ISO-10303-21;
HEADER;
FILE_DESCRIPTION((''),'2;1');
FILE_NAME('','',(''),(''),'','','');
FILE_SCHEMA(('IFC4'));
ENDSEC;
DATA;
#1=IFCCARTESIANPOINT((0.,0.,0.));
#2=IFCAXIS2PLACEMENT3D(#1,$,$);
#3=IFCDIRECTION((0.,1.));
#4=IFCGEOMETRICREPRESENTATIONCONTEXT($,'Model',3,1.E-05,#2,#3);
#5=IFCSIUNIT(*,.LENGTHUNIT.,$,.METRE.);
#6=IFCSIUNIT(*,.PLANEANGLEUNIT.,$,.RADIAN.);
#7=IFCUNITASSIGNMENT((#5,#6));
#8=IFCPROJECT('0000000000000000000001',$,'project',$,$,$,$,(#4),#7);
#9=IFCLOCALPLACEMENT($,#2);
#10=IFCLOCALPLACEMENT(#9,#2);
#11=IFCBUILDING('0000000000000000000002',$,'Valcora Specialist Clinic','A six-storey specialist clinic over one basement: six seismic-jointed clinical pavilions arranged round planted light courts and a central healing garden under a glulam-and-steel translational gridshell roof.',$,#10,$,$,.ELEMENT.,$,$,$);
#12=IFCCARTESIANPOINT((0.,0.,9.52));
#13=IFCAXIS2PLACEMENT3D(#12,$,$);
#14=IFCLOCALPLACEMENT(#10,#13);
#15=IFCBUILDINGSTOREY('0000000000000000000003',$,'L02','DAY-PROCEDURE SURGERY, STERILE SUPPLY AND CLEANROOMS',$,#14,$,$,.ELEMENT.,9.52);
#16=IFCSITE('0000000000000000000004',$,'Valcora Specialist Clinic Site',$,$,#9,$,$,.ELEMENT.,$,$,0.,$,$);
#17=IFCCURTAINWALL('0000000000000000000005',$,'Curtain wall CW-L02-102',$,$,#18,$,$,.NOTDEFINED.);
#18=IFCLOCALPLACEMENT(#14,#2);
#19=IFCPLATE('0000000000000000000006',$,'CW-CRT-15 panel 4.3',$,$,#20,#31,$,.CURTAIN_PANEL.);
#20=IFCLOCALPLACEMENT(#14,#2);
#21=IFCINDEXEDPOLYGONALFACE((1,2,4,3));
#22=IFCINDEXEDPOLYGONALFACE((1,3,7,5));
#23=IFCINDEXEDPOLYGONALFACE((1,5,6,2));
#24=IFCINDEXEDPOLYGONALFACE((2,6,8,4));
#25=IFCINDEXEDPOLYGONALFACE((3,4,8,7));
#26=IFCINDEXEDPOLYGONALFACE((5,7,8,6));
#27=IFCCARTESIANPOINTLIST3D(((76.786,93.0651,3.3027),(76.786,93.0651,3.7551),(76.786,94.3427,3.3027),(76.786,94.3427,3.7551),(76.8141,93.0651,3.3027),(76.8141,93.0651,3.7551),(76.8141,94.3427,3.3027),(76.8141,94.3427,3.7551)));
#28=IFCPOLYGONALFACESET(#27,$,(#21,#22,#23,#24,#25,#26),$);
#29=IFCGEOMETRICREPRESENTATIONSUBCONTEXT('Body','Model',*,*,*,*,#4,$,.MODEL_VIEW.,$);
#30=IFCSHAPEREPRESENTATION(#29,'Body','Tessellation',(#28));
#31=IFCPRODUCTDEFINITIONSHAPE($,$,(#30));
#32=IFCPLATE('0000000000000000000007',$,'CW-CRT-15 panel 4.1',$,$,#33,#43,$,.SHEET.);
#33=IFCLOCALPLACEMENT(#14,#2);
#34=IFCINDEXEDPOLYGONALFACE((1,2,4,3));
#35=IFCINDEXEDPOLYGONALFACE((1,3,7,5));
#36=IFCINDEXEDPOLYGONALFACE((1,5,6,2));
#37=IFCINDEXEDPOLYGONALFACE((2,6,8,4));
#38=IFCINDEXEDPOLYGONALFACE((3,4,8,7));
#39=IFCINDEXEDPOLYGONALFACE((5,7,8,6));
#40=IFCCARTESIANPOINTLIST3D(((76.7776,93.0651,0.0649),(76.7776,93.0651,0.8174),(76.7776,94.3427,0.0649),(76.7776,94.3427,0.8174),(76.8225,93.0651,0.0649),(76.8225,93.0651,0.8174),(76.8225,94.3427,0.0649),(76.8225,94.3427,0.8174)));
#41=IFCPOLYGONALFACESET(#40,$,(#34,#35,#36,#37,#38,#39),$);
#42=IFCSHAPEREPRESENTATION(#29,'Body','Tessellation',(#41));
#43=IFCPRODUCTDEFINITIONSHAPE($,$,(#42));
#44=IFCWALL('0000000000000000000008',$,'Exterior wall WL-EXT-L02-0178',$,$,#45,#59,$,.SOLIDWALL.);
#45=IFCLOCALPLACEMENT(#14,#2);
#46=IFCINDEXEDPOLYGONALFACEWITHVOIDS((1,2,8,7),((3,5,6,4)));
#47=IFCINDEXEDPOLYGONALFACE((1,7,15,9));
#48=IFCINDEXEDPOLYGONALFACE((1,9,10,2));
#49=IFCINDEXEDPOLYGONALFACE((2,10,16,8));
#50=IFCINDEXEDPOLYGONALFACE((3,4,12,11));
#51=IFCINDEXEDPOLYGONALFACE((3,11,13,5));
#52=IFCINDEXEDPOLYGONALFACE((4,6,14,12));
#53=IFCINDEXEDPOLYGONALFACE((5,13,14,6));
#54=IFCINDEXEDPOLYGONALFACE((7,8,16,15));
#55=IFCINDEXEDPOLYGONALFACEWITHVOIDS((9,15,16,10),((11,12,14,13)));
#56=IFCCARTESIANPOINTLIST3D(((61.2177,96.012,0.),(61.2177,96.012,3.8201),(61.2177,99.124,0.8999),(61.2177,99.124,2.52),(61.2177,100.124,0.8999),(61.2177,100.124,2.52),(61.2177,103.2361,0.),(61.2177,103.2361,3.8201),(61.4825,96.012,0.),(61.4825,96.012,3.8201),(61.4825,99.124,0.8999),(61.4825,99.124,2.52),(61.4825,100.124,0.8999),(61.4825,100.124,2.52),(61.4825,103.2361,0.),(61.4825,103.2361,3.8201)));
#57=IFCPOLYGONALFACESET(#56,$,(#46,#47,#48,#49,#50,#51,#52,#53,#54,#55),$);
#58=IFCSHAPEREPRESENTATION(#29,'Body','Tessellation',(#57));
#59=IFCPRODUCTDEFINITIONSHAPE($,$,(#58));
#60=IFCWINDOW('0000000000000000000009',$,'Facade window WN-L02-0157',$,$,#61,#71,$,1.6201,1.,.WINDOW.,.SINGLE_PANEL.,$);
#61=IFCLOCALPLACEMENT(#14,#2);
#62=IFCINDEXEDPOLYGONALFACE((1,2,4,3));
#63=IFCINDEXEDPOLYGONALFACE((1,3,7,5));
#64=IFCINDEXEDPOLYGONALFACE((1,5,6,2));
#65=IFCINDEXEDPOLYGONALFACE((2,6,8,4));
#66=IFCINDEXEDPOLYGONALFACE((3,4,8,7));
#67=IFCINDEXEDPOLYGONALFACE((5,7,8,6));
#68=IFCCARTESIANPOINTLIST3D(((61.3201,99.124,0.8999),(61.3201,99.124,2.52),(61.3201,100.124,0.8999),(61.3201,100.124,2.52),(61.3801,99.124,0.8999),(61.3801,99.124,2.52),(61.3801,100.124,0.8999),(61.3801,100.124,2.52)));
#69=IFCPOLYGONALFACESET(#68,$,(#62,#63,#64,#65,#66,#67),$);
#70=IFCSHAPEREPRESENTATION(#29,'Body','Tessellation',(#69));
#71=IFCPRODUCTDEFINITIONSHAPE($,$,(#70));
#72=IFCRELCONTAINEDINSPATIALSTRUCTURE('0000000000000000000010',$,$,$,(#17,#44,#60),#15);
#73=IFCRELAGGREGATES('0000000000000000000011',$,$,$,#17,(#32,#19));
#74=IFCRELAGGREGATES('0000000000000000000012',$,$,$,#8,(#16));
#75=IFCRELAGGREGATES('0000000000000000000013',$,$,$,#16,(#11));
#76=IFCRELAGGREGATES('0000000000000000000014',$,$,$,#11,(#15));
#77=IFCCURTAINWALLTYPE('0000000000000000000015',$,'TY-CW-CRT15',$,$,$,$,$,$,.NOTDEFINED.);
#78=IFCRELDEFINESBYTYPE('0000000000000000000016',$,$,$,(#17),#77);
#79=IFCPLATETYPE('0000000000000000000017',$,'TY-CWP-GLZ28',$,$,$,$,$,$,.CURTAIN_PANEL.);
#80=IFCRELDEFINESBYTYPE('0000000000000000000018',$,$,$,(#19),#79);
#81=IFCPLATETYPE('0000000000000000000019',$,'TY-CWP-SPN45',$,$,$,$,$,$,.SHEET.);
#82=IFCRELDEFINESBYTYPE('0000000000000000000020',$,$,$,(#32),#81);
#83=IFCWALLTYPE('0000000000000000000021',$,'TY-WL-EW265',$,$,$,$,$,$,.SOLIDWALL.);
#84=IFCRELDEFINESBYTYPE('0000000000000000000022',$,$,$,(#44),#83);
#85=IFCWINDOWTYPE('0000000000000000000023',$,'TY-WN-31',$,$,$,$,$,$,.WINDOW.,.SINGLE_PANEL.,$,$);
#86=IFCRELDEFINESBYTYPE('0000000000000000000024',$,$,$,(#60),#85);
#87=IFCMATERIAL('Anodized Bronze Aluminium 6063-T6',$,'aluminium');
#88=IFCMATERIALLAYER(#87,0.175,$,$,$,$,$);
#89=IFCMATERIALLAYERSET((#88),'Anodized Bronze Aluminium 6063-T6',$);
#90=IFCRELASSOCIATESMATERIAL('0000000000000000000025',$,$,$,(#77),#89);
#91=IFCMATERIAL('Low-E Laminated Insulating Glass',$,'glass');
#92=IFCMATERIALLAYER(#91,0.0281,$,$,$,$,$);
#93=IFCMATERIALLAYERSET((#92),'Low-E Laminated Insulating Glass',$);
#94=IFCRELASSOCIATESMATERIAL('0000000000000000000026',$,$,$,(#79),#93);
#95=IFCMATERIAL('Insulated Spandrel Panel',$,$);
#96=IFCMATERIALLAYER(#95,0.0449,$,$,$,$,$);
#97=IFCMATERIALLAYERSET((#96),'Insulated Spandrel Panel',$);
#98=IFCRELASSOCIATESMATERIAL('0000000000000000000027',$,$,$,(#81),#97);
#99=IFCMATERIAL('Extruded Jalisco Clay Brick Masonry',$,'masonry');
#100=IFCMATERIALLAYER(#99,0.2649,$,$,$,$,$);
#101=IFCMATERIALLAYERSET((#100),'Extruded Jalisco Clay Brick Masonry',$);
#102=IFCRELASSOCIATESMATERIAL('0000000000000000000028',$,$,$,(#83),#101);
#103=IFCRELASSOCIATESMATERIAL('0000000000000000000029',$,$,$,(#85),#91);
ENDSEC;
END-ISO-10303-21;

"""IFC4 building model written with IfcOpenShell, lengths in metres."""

from ifc_helpers import new_model, si_unit, direction, frame, frame_2d, origin, origin_2d, place, context, subcontext, project, spatial, rectangle, extrude, material, layer, layer_set, type_object, element, fill, aggregate, save


model = new_model("IFC4")

# Units and contexts
model_context = context("Model", 3, precision=1e-05, world=origin(), true_north=direction((0.0, 1.0)))
body_context = subcontext(model_context, "Body", "Model", "MODEL_VIEW")
ifc_project = project(units=[si_unit("LENGTHUNIT", "METRE"), si_unit("PLANEANGLEUNIT", "RADIAN")], contexts=[model_context])

# Site, building, storey
site_placement = place(None, origin())
site = spatial("IfcSite", under=ifc_project, at=site_placement, Name="Valcora Specialist Clinic Site", CompositionType="ELEMENT", RefElevation=0.0)
building_placement = place(site_placement, origin())
building = spatial("IfcBuilding", under=site, at=building_placement, Name="Valcora Specialist Clinic", Description="A six-storey specialist clinic over one basement: six seismic-jointed clinical pavilions arranged round planted light courts and a central healing garden under a glulam-and-steel translational gridshell roof.", CompositionType="ELEMENT")
storey_placement = place(building_placement, frame((0.0, 0.0, 9.52)))
storey = spatial("IfcBuildingStorey", under=building, at=storey_placement, Name="L02", Description="DAY-PROCEDURE SURGERY, STERILE SUPPLY AND CLEANROOMS", CompositionType="ELEMENT", Elevation=9.52)

# Curtain wall
ifc_material_1 = material(Name="Anodized Bronze Aluminium 6063-T6", Category="aluminium")
ifc_layer_1 = layer(ifc_material_1, 0.175)
ifc_layer_set_1 = layer_set([ifc_layer_1], Name="Anodized Bronze Aluminium 6063-T6")
curtain_wall_type = type_object("IfcCurtainWallType", Name="TY-CW-CRT15", PredefinedType="NOTDEFINED", material=ifc_layer_set_1)
curtain_wall_1_placement = place(storey_placement, origin())
curtain_wall_1 = element("IfcCurtainWall", 1, at=curtain_wall_1_placement, inside=storey, type_object=curtain_wall_type, Name="Curtain wall CW-L02-102", PredefinedType="NOTDEFINED")

# Plates
ifc_material_2 = material(Name="Low-E Laminated Insulating Glass", Category="glass")
ifc_layer_2 = layer(ifc_material_2, 0.0281)
ifc_layer_set_2 = layer_set([ifc_layer_2], Name="Low-E Laminated Insulating Glass")
plate_type_1 = type_object("IfcPlateType", Name="TY-CWP-GLZ28", PredefinedType="CURTAIN_PANEL", material=ifc_layer_set_2)
plate_1_placement = place(storey_placement, frame((76.8, 93.7039, 3.3027), z_axis=(0.0, 0.0, 1.0), x_axis=(0.0, -1.0, 0.0)))
plate_1 = element("IfcPlate", 2, at=plate_1_placement, type_object=plate_type_1, Name="CW-CRT-15 panel 4.3", PredefinedType="CURTAIN_PANEL", context=body_context, shape_type="SweptSolid", body=[
    extrude(rectangle(XDim=1.2776, YDim=0.0281, at=origin_2d()), origin(), (0.0, 0.0, 1.0), 0.4524),
])
ifc_material_3 = material(Name="Insulated Spandrel Panel")
ifc_layer_3 = layer(ifc_material_3, 0.0449)
ifc_layer_set_3 = layer_set([ifc_layer_3], Name="Insulated Spandrel Panel")
plate_type_2 = type_object("IfcPlateType", Name="TY-CWP-SPN45", PredefinedType="SHEET", material=ifc_layer_set_3)
plate_2_placement = place(storey_placement, frame((76.8, 93.7039, 0.0649), z_axis=(0.0, 0.0, 1.0), x_axis=(0.0, -1.0, 0.0)))
plate_2 = element("IfcPlate", 3, at=plate_2_placement, type_object=plate_type_2, Name="CW-CRT-15 panel 4.1", PredefinedType="SHEET", context=body_context, shape_type="SweptSolid", body=[
    extrude(rectangle(XDim=1.2776, YDim=0.0449, at=origin_2d()), origin(), (0.0, 0.0, 1.0), 0.7524),
])
aggregate(curtain_wall_1, [plate_2, plate_1])

# Wall, opening, window
ifc_material_4 = material(Name="Extruded Jalisco Clay Brick Masonry", Category="masonry")
ifc_layer_4 = layer(ifc_material_4, 0.2649)
ifc_layer_set_4 = layer_set([ifc_layer_4], Name="Extruded Jalisco Clay Brick Masonry")
wall_type = type_object("IfcWallType", Name="TY-WL-EW265", PredefinedType="SOLIDWALL", material=ifc_layer_set_4)
wall_placement = place(storey_placement, frame((61.3501, 96.012, 0.0), z_axis=(0.0, 0.0, 1.0), x_axis=(0.0, 1.0, 0.0)))
wall = element("IfcWall", 4, at=wall_placement, inside=storey, type_object=wall_type, Name="Exterior wall WL-EXT-L02-0178", PredefinedType="SOLIDWALL", context=body_context, shape_type="SweptSolid", body=[
    extrude(rectangle(XDim=7.2241, YDim=0.2649, at=frame_2d((3.6121, 0.0))), origin(), (0.0, 0.0, 1.0), 3.8201),
])
opening_placement = place(wall_placement, frame((3.1121, 0.0, 0.8999)))
opening = element("IfcOpeningElement", 5, at=opening_placement, cuts=wall, PredefinedType="OPENING", context=body_context, shape_type="SweptSolid", body=[
    extrude(rectangle(XDim=1.0, YDim=1.6201, at=frame_2d((0.5, 0.8101))), frame((0.0, 0.1423, 0.0), z_axis=(0.0, -1.0, 0.0), x_axis=(1.0, 0.0, 0.0)), (0.0, 0.0, 1.0), 0.2849),
])
window_type = type_object("IfcWindowType", Name="TY-WN-31", PartitioningType="SINGLE_PANEL", PredefinedType="WINDOW", material=ifc_material_2)
window_placement = place(opening_placement, origin())
window = element("IfcWindow", 6, at=window_placement, inside=storey, type_object=window_type, Name="Facade window WN-L02-0157", OverallHeight=1.6201, OverallWidth=1.0, PartitioningType="SINGLE_PANEL", PredefinedType="WINDOW", context=body_context, shape_type="SweptSolid", body=[
    extrude(rectangle(XDim=1.0, YDim=1.6201, at=frame_2d((0.5, 0.8101))), frame((0.0, 0.03, 0.0), z_axis=(0.0, -1.0, 0.0), x_axis=(1.0, 0.0, 0.0)), (0.0, 0.0, 1.0), 0.0601),
])
fill(opening, window)

save(model, "model.ifc")
